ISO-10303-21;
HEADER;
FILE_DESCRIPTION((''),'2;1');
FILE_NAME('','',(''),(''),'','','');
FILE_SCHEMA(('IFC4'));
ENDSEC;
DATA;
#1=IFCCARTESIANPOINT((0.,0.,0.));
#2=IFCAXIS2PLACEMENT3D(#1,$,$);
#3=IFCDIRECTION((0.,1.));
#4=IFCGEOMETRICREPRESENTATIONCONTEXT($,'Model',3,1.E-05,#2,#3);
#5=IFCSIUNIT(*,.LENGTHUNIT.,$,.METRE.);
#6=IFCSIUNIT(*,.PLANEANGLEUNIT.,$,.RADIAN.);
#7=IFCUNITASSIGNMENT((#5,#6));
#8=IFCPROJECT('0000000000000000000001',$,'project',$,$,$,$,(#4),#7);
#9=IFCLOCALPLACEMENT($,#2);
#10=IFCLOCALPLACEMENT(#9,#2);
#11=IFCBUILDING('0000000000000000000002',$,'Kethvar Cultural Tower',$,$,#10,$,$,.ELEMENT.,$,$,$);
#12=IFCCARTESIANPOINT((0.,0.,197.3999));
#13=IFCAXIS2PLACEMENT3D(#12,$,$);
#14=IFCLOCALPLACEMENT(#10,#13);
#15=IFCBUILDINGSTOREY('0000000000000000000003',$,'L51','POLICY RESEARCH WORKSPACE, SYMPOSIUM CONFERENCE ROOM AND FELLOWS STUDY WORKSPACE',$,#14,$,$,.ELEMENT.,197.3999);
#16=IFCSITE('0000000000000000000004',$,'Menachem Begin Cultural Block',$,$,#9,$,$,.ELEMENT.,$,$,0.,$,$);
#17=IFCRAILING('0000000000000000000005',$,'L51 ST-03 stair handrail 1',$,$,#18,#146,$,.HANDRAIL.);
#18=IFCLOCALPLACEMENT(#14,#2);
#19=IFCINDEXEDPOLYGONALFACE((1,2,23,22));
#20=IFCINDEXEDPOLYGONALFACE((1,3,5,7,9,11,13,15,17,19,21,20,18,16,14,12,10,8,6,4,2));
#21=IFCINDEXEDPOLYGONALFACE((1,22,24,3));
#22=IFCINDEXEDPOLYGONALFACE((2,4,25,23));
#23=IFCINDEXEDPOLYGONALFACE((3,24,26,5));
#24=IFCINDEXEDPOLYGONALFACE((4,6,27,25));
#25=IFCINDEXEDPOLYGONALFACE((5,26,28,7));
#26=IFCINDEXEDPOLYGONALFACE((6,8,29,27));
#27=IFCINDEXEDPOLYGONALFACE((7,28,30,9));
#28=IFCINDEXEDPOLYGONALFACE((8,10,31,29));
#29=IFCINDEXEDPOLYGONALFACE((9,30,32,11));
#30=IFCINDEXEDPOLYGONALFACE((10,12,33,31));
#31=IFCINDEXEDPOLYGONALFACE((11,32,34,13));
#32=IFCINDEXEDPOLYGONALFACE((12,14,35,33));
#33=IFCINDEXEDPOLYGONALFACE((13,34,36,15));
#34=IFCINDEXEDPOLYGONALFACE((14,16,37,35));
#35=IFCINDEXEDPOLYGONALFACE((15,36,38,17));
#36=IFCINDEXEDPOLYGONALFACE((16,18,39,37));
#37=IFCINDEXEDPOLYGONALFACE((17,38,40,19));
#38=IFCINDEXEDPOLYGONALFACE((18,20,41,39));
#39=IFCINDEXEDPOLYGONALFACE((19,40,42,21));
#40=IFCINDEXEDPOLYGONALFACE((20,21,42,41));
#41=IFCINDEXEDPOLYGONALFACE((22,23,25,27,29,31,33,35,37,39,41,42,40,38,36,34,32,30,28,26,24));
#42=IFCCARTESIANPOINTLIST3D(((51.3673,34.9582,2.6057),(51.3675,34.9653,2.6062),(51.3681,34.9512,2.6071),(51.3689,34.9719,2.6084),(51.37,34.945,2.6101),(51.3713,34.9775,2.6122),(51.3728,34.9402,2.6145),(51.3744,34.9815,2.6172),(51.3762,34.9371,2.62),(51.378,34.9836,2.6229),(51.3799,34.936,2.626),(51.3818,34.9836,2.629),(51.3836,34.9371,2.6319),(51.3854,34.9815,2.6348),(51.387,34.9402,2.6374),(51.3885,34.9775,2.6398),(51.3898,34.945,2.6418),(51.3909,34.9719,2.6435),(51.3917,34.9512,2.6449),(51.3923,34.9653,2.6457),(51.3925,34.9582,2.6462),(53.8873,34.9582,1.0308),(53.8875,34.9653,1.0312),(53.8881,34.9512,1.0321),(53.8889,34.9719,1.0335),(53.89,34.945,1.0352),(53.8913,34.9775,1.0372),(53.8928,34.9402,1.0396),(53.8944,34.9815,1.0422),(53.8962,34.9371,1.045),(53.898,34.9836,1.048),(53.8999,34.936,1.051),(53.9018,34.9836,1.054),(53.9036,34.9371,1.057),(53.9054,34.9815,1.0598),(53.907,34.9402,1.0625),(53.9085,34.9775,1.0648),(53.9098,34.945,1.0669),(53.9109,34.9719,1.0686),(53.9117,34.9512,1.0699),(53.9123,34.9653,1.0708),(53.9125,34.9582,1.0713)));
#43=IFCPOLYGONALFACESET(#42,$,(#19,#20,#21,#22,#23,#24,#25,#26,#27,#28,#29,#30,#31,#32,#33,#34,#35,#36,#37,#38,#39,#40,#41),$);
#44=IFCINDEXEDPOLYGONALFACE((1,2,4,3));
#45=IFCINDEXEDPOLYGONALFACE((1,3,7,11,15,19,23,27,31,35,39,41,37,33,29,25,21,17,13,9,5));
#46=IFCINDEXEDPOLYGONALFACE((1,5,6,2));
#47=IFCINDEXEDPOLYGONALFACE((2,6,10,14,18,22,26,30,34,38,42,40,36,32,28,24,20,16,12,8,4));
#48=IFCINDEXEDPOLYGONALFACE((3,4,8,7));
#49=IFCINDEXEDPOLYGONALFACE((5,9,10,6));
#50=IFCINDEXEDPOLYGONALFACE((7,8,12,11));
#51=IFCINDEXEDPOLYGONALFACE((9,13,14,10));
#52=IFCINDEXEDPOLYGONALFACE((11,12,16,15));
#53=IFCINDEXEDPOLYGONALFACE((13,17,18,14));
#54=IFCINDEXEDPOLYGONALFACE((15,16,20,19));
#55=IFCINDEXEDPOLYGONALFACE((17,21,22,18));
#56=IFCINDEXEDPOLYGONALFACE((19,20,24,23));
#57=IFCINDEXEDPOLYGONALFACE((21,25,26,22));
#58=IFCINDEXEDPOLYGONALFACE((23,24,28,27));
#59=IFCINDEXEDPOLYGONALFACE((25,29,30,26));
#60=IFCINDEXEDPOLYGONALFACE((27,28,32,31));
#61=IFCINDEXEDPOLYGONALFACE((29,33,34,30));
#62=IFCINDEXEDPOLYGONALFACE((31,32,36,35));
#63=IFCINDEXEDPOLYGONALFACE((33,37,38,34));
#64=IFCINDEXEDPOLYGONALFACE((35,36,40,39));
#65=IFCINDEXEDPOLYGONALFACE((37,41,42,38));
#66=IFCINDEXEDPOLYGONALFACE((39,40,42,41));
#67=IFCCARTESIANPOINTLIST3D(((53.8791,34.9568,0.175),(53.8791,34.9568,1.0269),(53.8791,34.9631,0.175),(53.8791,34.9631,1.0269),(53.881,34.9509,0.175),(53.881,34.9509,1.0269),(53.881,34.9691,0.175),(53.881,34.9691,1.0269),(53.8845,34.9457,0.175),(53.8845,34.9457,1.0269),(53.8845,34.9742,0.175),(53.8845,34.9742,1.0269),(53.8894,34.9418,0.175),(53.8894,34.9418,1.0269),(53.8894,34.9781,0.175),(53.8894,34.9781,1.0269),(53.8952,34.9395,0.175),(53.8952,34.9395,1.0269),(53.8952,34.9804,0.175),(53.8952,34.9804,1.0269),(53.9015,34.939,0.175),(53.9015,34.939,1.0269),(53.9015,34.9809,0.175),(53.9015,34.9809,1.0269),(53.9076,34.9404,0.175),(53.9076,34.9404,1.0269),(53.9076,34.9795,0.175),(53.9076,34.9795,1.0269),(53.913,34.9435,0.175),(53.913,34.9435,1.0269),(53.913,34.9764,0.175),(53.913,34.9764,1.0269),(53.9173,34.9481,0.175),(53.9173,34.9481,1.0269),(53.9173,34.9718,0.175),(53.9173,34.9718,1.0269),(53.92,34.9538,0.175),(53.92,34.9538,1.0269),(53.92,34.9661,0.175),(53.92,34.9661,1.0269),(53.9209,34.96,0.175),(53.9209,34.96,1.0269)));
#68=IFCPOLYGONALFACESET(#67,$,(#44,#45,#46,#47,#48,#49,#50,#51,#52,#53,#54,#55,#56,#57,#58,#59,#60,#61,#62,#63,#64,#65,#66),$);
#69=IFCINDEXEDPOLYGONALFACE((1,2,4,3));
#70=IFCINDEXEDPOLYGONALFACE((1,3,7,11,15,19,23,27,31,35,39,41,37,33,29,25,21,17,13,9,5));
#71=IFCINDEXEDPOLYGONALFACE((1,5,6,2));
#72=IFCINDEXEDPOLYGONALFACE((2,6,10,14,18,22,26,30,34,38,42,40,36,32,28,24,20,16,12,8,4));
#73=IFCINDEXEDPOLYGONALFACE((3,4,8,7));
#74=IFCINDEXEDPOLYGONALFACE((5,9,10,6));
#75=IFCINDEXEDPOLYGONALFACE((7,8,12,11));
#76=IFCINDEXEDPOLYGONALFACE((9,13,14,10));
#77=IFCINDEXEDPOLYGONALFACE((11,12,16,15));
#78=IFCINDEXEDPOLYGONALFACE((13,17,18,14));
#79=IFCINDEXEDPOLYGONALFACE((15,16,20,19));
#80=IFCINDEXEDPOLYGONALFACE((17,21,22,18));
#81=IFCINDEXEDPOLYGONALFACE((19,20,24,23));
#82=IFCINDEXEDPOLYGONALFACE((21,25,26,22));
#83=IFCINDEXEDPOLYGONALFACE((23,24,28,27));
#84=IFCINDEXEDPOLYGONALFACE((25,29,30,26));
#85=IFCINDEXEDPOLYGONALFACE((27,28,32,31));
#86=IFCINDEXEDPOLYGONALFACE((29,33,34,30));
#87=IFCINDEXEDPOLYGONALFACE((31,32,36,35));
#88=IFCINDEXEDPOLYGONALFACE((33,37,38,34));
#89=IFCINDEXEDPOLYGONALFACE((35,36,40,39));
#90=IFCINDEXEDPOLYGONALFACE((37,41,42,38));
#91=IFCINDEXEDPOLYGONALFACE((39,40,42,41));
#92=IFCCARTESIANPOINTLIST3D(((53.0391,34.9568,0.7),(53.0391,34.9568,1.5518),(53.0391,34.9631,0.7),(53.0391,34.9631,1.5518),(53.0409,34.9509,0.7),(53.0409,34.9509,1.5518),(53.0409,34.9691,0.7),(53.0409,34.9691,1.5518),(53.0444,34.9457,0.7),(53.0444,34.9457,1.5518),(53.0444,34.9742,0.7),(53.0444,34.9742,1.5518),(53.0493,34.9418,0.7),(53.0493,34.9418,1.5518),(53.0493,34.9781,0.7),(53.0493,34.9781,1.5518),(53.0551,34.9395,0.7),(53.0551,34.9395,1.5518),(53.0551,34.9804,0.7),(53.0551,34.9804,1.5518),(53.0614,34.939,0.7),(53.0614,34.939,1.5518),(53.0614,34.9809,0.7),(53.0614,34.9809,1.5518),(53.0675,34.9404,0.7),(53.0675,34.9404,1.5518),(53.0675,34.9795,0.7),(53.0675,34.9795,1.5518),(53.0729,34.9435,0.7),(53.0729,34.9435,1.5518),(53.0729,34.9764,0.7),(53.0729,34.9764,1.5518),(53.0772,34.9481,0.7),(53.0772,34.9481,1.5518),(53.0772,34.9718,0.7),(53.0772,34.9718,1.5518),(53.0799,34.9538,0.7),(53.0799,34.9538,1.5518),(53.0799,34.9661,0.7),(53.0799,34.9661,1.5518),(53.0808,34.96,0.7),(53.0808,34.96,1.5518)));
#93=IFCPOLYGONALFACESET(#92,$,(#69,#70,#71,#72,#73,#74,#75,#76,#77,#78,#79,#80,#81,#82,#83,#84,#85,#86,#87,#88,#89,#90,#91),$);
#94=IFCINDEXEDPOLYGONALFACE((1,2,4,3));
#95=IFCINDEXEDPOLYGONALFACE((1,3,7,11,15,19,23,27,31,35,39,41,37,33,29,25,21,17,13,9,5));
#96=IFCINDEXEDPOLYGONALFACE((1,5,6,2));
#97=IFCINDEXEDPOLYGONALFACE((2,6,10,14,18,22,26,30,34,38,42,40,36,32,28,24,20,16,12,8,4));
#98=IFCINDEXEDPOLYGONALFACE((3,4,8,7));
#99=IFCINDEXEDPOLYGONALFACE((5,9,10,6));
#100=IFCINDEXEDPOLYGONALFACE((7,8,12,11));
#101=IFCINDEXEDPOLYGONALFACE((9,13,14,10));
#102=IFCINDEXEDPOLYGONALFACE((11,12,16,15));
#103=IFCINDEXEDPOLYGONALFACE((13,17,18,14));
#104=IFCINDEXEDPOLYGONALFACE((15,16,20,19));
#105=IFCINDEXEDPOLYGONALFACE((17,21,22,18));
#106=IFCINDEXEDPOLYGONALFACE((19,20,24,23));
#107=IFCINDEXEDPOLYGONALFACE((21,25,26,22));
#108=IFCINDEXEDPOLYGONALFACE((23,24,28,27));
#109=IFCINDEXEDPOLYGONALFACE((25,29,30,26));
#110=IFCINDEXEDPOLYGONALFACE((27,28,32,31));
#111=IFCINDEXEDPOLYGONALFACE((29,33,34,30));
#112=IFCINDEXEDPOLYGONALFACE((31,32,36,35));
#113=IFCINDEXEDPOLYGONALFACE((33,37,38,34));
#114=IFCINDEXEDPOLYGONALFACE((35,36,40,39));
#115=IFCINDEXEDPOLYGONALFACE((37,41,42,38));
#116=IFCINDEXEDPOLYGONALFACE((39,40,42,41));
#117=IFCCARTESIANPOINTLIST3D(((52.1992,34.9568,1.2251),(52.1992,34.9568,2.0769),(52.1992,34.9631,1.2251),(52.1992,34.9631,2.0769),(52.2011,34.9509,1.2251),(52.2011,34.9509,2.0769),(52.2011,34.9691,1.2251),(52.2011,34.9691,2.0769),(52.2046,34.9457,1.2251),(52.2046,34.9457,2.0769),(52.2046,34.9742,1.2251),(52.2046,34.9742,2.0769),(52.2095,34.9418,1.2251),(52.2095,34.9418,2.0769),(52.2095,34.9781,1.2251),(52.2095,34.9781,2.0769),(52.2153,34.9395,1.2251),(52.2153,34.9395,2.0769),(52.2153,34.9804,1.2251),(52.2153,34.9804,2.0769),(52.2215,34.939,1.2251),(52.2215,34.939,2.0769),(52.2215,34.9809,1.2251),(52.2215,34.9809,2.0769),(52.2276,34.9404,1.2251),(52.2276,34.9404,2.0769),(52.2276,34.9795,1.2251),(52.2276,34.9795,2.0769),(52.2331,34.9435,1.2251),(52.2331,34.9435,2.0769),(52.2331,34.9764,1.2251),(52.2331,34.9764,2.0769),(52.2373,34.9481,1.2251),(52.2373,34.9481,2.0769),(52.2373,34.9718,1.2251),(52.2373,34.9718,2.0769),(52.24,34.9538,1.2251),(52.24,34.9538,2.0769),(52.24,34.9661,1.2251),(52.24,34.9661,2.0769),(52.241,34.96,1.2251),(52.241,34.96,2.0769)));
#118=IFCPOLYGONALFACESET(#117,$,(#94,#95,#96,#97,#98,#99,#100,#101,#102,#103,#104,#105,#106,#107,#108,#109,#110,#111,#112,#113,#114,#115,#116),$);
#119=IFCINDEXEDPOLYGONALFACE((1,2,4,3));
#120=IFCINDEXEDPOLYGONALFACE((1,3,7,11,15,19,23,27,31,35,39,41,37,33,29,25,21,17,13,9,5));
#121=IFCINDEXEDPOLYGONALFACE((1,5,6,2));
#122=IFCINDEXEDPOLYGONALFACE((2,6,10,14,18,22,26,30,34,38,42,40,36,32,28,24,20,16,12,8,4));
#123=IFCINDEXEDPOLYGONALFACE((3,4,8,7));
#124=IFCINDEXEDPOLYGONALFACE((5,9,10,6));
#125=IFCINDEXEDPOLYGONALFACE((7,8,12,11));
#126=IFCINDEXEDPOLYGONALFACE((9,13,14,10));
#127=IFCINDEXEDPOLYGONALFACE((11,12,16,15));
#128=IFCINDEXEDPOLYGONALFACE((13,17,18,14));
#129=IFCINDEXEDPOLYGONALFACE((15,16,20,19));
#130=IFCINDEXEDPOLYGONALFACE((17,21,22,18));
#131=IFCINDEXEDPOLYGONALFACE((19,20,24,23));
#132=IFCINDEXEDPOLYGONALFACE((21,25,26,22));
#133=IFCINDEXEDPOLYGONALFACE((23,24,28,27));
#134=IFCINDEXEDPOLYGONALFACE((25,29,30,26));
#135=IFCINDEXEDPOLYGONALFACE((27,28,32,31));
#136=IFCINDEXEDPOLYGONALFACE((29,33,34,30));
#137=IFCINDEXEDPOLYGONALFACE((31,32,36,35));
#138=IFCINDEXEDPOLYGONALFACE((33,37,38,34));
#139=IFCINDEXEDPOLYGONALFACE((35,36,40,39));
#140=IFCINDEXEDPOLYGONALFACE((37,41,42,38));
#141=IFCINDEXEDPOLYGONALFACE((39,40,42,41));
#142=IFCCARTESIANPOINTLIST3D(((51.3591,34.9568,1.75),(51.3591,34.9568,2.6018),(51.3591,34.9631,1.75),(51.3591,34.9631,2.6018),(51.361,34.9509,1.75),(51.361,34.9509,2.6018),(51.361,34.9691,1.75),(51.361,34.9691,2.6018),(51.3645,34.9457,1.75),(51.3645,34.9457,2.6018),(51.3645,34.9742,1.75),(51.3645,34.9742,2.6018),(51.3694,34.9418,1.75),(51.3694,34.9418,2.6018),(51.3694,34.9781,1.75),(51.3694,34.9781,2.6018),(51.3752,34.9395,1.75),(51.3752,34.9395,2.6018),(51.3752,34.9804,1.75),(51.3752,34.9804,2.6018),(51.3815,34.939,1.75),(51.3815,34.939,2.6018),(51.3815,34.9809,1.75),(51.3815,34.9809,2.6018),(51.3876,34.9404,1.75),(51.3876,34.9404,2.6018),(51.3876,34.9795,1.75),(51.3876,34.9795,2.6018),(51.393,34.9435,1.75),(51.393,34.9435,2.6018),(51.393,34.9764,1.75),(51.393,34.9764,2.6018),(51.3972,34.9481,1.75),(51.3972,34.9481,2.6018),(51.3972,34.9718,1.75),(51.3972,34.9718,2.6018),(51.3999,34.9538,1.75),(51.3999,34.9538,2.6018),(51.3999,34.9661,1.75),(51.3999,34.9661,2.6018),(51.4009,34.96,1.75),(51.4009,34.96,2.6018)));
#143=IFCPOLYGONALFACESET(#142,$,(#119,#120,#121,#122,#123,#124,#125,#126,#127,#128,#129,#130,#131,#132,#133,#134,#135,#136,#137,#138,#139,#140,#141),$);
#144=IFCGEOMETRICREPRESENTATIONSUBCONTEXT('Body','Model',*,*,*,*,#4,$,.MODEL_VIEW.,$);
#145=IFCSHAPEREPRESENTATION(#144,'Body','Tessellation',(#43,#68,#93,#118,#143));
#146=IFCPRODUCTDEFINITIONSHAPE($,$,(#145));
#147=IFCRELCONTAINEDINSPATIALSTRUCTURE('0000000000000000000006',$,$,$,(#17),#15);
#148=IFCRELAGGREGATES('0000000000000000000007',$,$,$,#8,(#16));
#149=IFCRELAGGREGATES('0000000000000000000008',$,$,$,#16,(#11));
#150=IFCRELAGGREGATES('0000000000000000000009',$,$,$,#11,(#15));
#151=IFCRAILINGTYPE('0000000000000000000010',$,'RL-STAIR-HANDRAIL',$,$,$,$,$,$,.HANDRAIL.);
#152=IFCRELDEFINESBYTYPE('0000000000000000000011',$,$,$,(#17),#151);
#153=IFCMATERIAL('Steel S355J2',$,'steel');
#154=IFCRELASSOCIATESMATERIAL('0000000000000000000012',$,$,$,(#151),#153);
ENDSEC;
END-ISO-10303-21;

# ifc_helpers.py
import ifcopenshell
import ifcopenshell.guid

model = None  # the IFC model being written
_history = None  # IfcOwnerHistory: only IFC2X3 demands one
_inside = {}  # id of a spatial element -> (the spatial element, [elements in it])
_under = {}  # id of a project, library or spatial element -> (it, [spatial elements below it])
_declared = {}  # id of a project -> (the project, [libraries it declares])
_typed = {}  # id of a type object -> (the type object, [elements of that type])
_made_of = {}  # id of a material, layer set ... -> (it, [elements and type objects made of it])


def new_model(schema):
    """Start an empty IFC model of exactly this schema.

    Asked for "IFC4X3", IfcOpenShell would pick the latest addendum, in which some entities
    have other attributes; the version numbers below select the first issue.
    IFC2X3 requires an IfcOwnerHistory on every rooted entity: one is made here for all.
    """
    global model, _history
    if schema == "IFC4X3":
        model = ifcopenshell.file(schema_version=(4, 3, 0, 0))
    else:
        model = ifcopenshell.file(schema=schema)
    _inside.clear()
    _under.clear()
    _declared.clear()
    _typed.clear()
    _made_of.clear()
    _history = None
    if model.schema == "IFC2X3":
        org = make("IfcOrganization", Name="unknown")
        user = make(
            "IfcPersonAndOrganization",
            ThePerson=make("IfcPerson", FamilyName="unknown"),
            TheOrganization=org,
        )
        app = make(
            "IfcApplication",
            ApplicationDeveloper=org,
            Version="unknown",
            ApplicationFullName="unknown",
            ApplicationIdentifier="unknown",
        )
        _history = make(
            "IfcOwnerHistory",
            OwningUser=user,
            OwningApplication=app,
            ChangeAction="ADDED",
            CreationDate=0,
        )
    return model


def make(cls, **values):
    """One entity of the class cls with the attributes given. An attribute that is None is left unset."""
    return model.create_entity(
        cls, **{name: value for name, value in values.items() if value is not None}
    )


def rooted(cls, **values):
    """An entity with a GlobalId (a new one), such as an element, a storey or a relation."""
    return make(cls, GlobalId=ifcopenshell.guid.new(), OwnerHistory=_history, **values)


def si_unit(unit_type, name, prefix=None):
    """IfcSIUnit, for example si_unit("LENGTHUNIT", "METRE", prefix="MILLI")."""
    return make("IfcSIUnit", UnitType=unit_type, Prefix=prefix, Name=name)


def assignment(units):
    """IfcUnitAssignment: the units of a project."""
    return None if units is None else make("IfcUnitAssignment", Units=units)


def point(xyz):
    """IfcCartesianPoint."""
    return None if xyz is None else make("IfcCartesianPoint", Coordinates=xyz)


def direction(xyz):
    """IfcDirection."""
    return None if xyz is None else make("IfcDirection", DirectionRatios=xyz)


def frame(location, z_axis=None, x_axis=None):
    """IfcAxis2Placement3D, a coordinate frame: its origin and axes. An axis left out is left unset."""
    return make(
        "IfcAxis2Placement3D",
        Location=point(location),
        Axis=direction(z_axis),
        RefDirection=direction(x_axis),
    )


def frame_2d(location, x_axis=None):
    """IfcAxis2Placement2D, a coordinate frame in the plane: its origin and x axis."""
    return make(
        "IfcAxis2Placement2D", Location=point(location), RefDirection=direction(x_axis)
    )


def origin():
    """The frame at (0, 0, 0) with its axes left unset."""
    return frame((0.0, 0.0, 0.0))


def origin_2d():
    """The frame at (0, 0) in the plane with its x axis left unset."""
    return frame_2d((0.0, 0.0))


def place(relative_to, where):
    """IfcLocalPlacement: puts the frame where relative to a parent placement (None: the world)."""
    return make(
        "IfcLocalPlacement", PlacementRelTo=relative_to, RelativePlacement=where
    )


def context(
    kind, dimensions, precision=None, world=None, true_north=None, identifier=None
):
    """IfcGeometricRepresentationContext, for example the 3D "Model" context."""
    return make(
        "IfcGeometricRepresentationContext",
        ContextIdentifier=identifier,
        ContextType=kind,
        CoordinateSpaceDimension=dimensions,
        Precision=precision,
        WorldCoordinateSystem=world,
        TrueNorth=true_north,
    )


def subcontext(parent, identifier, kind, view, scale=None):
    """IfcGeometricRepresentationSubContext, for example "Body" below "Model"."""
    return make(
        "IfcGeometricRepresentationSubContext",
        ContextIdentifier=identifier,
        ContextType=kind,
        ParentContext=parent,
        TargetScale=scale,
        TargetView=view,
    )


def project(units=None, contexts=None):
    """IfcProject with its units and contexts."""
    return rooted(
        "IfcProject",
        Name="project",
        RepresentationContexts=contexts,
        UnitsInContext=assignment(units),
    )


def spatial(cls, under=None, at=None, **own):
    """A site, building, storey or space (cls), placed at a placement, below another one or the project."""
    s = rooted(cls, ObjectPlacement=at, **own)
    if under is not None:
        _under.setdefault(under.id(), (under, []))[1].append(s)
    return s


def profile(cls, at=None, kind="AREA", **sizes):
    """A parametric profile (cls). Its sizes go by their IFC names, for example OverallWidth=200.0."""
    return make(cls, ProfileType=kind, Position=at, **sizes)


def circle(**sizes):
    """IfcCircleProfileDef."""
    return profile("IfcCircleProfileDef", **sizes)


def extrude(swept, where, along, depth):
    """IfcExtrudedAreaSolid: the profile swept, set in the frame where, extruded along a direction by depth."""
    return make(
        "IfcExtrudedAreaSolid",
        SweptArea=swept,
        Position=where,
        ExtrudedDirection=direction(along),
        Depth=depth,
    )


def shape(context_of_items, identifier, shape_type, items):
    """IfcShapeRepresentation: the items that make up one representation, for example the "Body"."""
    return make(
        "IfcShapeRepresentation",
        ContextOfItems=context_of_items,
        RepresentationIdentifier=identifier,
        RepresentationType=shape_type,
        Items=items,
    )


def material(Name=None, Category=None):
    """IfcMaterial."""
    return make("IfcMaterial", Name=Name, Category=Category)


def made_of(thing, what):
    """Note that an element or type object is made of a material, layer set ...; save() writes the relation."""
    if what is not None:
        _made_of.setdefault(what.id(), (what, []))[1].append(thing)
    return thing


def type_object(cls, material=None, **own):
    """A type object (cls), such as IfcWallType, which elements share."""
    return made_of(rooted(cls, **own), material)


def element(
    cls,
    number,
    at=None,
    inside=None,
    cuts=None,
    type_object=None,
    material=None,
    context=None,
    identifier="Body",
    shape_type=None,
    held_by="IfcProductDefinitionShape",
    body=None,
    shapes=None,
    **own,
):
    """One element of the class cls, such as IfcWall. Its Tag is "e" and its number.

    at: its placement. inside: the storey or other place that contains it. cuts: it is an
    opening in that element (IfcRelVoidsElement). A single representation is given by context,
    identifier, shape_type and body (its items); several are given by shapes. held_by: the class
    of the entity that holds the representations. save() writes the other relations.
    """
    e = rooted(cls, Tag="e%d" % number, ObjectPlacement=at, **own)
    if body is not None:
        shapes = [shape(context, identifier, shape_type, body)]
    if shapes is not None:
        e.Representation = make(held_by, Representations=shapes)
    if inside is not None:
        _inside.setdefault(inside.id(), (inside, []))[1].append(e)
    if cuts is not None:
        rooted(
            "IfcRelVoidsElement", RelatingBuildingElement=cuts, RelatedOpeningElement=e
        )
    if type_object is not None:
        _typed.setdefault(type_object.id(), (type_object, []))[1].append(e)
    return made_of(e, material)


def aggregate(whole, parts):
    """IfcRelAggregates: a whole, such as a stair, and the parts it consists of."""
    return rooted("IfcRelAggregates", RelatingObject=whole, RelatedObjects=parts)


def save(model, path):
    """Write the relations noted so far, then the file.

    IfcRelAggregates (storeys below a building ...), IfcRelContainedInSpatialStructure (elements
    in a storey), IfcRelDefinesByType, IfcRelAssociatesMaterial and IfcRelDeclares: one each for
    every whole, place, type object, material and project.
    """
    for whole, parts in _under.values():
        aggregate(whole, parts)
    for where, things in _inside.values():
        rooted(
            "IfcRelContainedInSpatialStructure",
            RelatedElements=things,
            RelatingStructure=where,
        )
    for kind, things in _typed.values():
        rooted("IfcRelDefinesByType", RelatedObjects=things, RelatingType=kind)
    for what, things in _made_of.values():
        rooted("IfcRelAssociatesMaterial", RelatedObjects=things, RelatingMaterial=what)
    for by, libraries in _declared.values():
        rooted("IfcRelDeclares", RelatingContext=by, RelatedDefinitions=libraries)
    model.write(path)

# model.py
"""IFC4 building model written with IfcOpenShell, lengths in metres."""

from ifc_helpers import new_model, si_unit, direction, frame, origin, origin_2d, place, context, subcontext, project, spatial, circle, extrude, material, type_object, element, save


model = new_model("IFC4")

# Units and contexts
model_context = context("Model", 3, precision=1e-05, world=origin(), true_north=direction((0.0, 1.0)))
body_context = subcontext(model_context, "Body", "Model", "MODEL_VIEW")
ifc_project = project(units=[si_unit("LENGTHUNIT", "METRE"), si_unit("PLANEANGLEUNIT", "RADIAN")], contexts=[model_context])

# Site, building, storey
site_placement = place(None, origin())
site = spatial("IfcSite", under=ifc_project, at=site_placement, Name="Menachem Begin Cultural Block", CompositionType="ELEMENT", RefElevation=0.0)
building_placement = place(site_placement, origin())
building = spatial("IfcBuilding", under=site, at=building_placement, Name="Kethvar Cultural Tower", CompositionType="ELEMENT")
storey_placement = place(building_placement, frame((0.0, 0.0, 197.3999)))
storey = spatial("IfcBuildingStorey", under=building, at=storey_placement, Name="L51", Description="POLICY RESEARCH WORKSPACE, SYMPOSIUM CONFERENCE ROOM AND FELLOWS STUDY WORKSPACE", CompositionType="ELEMENT", Elevation=197.3999)

# Shared definitions
ifc_material_1 = material(Name="Steel S355J2", Category="steel")

# Railing
railing_type_1 = type_object("IfcRailingType", Name="RL-STAIR-HANDRAIL", PredefinedType="HANDRAIL", material=ifc_material_1)
railing_1_placement = place(storey_placement, frame((53.8999, 34.96, 0.175)))
element("IfcRailing", 1, at=railing_1_placement, inside=storey, type_object=railing_type_1, Name="L51 ST-03 stair handrail 1", PredefinedType="HANDRAIL", context=body_context, shape_type="SweptSolid", body=[
    extrude(circle(Radius=0.0239, at=origin_2d()), frame((0.0, 0.0, 0.876), z_axis=(-0.848008, 0.0, 0.529984), x_axis=(0.0, -1.0, 0.0)), (0.0, 0.0, 1.0), 2.9717),
    extrude(circle(Radius=0.021, at=origin_2d()), origin(), (0.0, 0.0, 1.0), 0.8518),
    extrude(circle(Radius=0.021, at=origin_2d()), frame((-0.8401, 0.0, 0.5249)), (0.0, 0.0, 1.0), 0.8518),
    extrude(circle(Radius=0.021, at=origin_2d()), frame((-1.6799, 0.0, 1.05)), (0.0, 0.0, 1.0), 0.8518),
    extrude(circle(Radius=0.021, at=origin_2d()), frame((-2.52, 0.0, 1.575)), (0.0, 0.0, 1.0), 0.8518),
])

save(model, "model.ifc")
